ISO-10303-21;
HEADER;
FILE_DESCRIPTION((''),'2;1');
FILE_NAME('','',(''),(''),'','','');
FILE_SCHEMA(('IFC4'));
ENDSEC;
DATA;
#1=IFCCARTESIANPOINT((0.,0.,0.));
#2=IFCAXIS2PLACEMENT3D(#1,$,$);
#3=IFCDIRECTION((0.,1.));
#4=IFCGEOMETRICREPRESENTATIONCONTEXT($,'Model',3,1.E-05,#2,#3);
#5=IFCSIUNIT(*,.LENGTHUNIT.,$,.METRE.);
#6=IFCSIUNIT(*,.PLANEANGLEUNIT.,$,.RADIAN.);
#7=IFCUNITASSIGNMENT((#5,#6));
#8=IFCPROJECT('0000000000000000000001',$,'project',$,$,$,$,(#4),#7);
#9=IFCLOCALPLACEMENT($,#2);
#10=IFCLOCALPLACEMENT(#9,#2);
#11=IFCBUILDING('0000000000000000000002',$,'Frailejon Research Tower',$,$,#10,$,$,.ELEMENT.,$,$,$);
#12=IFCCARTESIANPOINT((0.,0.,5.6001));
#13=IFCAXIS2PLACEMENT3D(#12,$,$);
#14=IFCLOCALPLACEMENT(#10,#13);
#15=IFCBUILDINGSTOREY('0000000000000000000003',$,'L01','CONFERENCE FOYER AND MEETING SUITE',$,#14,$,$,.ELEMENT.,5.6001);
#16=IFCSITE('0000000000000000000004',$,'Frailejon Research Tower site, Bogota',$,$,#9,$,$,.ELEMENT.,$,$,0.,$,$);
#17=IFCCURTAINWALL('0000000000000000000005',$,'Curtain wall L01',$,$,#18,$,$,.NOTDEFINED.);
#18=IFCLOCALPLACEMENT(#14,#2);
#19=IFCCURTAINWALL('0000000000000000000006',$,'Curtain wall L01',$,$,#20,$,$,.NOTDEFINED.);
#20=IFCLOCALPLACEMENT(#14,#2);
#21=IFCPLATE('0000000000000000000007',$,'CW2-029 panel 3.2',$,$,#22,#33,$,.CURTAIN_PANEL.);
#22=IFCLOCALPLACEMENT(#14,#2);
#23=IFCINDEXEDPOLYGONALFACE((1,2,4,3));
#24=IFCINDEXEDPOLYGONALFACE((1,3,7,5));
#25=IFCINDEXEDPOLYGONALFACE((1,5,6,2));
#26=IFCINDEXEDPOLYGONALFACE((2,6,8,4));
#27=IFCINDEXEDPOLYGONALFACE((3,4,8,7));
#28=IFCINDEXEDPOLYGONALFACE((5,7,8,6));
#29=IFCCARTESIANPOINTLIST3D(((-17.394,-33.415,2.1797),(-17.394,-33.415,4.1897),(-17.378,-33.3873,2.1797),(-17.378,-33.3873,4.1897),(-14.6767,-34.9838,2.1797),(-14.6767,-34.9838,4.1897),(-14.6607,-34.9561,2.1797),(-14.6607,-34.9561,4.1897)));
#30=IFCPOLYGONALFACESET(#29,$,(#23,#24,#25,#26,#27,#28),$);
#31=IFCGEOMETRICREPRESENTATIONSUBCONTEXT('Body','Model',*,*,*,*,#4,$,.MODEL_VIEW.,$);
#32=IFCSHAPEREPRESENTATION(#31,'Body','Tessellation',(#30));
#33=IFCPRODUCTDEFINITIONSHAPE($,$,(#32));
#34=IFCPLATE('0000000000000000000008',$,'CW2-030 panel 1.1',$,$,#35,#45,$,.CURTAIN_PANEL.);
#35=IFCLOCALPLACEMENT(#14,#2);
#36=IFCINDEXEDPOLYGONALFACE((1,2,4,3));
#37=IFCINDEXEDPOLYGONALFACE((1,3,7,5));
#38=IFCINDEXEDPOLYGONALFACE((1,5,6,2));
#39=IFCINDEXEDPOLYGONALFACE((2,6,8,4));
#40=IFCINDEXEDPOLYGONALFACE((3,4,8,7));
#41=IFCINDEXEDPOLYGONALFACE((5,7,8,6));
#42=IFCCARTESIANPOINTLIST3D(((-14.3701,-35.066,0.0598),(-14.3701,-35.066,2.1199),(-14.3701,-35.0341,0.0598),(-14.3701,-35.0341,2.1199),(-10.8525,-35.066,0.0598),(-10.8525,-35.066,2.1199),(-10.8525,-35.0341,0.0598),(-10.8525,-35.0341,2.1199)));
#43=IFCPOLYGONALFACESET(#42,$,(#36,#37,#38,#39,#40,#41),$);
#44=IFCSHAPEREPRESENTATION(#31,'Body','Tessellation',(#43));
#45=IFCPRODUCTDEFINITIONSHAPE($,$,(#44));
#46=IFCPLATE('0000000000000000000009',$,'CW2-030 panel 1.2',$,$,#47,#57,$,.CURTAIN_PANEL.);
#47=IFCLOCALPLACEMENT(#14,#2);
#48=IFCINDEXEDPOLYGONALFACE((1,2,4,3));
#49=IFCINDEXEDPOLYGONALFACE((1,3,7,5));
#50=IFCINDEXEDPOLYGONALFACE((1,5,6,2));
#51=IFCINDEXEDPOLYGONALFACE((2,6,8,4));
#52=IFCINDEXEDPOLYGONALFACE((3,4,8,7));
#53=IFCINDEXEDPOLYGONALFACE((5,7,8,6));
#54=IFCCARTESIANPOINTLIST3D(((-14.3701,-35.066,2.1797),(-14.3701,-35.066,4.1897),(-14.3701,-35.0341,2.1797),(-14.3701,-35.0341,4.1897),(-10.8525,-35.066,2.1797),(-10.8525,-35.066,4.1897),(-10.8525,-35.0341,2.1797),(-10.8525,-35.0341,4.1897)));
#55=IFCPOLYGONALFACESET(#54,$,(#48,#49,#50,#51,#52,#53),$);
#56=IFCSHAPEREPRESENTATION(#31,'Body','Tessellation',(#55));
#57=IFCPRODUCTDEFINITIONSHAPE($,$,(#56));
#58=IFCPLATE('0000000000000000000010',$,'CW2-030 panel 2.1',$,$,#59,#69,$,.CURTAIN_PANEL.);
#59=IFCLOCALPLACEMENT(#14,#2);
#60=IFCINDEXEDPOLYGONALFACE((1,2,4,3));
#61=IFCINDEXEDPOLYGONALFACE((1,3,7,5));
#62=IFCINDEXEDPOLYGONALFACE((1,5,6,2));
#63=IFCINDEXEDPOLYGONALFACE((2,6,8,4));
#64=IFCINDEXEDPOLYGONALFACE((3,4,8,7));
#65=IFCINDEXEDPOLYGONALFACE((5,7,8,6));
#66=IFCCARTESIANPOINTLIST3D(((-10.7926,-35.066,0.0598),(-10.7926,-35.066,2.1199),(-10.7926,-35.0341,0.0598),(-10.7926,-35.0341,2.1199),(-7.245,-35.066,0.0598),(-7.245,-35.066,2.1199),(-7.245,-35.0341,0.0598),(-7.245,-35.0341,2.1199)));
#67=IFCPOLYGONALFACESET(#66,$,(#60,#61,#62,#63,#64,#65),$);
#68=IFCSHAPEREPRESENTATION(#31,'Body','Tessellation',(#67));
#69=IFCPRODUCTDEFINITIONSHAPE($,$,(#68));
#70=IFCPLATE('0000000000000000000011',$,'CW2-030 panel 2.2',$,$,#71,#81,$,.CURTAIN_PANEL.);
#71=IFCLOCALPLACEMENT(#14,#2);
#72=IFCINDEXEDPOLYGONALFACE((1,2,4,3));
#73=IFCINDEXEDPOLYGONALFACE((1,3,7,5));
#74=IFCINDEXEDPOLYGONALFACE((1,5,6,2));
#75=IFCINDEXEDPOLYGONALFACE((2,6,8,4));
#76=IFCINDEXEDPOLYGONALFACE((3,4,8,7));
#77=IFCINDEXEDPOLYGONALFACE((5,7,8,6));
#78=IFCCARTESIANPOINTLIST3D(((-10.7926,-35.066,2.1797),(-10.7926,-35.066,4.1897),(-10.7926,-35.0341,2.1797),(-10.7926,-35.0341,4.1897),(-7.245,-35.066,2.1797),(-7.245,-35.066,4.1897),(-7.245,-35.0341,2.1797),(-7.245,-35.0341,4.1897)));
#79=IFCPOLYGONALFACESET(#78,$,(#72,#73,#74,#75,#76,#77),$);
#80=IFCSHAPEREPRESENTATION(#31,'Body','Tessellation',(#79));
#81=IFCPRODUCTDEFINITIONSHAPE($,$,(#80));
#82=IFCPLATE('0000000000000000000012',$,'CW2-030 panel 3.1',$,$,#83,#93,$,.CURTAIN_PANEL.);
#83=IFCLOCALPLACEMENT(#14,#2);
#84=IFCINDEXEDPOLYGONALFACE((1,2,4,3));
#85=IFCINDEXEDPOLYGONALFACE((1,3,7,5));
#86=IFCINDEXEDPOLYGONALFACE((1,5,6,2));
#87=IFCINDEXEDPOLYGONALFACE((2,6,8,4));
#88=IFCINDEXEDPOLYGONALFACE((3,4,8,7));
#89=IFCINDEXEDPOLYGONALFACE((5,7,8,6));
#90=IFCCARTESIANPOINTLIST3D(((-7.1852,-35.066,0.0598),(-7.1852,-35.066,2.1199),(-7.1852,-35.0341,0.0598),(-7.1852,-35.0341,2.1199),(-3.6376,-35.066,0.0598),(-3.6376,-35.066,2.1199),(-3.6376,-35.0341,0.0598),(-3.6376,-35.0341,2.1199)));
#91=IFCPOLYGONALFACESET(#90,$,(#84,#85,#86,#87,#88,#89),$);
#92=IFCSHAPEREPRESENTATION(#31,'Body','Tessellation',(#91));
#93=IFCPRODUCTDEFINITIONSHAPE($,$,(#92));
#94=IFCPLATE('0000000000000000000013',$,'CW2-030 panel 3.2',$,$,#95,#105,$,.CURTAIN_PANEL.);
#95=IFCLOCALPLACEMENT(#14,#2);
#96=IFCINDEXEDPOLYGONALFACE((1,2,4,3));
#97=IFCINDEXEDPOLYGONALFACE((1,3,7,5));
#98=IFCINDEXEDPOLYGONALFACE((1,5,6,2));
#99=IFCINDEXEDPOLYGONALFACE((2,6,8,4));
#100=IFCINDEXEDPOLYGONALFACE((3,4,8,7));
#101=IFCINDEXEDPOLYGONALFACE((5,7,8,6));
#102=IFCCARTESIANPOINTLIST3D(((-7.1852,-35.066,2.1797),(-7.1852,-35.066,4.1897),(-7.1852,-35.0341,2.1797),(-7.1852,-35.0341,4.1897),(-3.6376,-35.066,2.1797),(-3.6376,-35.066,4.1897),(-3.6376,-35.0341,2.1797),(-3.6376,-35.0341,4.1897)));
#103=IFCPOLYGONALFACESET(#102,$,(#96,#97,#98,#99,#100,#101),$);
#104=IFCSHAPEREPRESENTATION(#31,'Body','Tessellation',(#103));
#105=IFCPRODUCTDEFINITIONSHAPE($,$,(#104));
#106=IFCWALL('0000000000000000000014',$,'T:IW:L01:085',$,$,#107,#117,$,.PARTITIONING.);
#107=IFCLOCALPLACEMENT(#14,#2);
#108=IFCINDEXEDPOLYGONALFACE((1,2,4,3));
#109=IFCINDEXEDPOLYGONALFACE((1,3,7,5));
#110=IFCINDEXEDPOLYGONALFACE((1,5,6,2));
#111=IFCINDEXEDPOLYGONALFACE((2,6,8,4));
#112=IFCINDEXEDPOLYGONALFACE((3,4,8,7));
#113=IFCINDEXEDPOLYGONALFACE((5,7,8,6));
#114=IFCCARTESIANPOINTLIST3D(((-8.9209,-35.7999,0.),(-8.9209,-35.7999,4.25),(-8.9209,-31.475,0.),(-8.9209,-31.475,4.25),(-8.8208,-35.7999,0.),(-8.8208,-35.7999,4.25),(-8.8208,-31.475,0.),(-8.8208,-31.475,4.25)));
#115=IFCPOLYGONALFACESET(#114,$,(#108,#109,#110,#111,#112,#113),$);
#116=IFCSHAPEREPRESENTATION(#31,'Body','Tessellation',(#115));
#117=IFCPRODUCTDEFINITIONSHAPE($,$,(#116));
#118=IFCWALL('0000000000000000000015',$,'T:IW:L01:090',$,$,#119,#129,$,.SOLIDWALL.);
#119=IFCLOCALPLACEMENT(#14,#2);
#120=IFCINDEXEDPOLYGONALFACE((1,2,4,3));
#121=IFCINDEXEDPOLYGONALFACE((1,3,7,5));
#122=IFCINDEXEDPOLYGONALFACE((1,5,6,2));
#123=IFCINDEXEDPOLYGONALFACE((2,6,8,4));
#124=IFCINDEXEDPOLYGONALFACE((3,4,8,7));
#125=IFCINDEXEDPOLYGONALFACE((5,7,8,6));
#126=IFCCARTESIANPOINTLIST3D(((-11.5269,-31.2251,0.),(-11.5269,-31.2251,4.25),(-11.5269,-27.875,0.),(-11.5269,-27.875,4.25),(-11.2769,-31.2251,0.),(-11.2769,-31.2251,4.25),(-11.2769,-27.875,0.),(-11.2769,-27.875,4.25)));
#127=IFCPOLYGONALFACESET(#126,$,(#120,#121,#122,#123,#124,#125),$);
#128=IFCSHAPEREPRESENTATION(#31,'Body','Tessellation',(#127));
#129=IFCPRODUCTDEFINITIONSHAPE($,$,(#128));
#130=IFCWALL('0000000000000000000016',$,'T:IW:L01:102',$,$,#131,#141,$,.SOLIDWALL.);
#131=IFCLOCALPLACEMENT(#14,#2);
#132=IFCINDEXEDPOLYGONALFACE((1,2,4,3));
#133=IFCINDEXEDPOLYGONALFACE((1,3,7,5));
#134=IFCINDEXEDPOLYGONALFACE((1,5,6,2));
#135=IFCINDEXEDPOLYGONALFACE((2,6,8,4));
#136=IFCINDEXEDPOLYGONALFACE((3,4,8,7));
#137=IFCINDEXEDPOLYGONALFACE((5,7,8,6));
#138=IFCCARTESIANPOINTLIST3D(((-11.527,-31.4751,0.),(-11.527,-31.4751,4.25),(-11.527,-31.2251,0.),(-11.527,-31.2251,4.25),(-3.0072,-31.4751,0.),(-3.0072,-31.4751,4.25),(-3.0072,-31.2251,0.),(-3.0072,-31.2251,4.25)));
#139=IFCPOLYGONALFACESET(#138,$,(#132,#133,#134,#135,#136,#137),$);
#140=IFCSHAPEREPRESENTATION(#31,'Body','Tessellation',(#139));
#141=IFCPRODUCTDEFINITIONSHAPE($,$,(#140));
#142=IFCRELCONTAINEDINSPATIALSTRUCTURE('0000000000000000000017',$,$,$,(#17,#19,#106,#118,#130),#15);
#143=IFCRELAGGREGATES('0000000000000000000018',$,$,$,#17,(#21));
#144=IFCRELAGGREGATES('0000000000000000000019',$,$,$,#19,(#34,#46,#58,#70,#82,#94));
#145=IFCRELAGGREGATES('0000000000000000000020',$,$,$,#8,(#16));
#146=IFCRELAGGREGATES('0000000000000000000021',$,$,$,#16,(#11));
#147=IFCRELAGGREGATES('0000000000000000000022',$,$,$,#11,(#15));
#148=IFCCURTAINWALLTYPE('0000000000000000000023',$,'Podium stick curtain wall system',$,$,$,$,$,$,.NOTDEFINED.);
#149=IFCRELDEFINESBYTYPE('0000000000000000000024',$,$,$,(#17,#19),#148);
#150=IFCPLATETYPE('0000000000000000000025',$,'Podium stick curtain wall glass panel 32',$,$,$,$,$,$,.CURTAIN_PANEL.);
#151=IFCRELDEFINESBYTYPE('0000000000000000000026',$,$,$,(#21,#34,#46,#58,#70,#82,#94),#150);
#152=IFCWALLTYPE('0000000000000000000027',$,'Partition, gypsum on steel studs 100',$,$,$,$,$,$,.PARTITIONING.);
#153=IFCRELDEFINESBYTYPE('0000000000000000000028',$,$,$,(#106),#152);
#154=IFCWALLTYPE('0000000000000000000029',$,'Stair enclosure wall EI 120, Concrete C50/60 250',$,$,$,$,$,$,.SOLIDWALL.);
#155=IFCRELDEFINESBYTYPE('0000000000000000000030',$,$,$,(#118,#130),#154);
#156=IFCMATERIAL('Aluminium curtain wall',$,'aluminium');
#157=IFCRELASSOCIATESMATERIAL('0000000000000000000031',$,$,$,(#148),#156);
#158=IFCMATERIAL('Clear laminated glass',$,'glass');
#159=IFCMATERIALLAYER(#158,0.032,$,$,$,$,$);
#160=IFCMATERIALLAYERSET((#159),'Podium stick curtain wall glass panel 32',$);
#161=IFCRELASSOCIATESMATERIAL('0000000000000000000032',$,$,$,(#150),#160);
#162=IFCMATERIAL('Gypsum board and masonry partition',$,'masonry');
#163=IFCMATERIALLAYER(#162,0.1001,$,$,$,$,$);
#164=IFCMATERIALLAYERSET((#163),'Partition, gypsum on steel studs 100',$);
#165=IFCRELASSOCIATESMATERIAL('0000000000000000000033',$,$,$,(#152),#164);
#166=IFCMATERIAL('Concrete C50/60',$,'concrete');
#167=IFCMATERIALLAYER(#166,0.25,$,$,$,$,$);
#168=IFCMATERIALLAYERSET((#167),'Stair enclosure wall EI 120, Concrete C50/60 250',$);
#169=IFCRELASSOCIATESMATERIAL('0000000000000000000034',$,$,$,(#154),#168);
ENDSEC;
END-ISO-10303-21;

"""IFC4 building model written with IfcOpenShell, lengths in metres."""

from ifc_helpers import new_model, si_unit, direction, frame, frame_2d, origin, origin_2d, place, context, subcontext, project, spatial, rectangle, extrude, material, layer, layer_set, type_object, element, aggregate, save


model = new_model("IFC4")

# Units and contexts
model_context = context("Model", 3, precision=1e-05, world=origin(), true_north=direction((0.0, 1.0)))
body_context = subcontext(model_context, "Body", "Model", "MODEL_VIEW")
ifc_project = project(units=[si_unit("LENGTHUNIT", "METRE"), si_unit("PLANEANGLEUNIT", "RADIAN")], contexts=[model_context])

# Site, building, storey
site_placement = place(None, origin())
site = spatial("IfcSite", under=ifc_project, at=site_placement, Name="Frailejon Research Tower site, Bogota", CompositionType="ELEMENT", RefElevation=0.0)
building_placement = place(site_placement, origin())
building = spatial("IfcBuilding", under=site, at=building_placement, Name="Frailejon Research Tower", CompositionType="ELEMENT")
storey_placement = place(building_placement, frame((0.0, 0.0, 5.6001)))
storey = spatial("IfcBuildingStorey", under=building, at=storey_placement, Name="L01", Description="CONFERENCE FOYER AND MEETING SUITE", CompositionType="ELEMENT", Elevation=5.6001)

# Curtain walls
ifc_material_1 = material(Name="Aluminium curtain wall", Category="aluminium")
curtain_wall_type = type_object("IfcCurtainWallType", Name="Podium stick curtain wall system", PredefinedType="NOTDEFINED", material=ifc_material_1)
curtain_wall_1_placement = place(storey_placement, origin())
curtain_wall_1 = element("IfcCurtainWall", 1, at=curtain_wall_1_placement, inside=storey, type_object=curtain_wall_type, Name="Curtain wall L01", PredefinedType="NOTDEFINED")
curtain_wall_2_placement = place(storey_placement, origin())
curtain_wall_2 = element("IfcCurtainWall", 2, at=curtain_wall_2_placement, inside=storey, type_object=curtain_wall_type, Name="Curtain wall L01", PredefinedType="NOTDEFINED")

# Plates
ifc_material_2 = material(Name="Clear laminated glass", Category="glass")
ifc_layer_1 = layer(ifc_material_2, 0.032)
ifc_layer_set_1 = layer_set([ifc_layer_1], Name="Podium stick curtain wall glass panel 32")
plate_type = type_object("IfcPlateType", Name="Podium stick curtain wall glass panel 32", PredefinedType="CURTAIN_PANEL", material=ifc_layer_set_1)
plate_1_placement = place(storey_placement, frame((-16.0273, -34.1855, 2.1797), z_axis=(0.0, 0.0, 1.0), x_axis=(0.866025, -0.5, 0.0)))
plate_1 = element("IfcPlate", 3, at=plate_1_placement, type_object=plate_type, Name="CW2-029 panel 3.2", PredefinedType="CURTAIN_PANEL", context=body_context, shape_type="SweptSolid", body=[
    extrude(rectangle(XDim=3.1377, YDim=0.032, at=origin_2d()), origin(), (0.0, 0.0, 1.0), 2.01),
])
aggregate(curtain_wall_1, [plate_1])
plate_2_placement = place(storey_placement, frame((-12.6113, -35.05, 0.0598), z_axis=(0.0, 0.0, 1.0), x_axis=(1.0, 0.0, 0.0)))
plate_2 = element("IfcPlate", 4, at=plate_2_placement, type_object=plate_type, Name="CW2-030 panel 1.1", PredefinedType="CURTAIN_PANEL", context=body_context, shape_type="SweptSolid", body=[
    extrude(rectangle(XDim=3.5176, YDim=0.032, at=origin_2d()), origin(), (0.0, 0.0, 1.0), 2.0601),
])
plate_3_placement = place(storey_placement, frame((-12.6113, -35.05, 2.1797), z_axis=(0.0, 0.0, 1.0), x_axis=(1.0, 0.0, 0.0)))
plate_3 = element("IfcPlate", 5, at=plate_3_placement, type_object=plate_type, Name="CW2-030 panel 1.2", PredefinedType="CURTAIN_PANEL", context=body_context, shape_type="SweptSolid", body=[
    extrude(rectangle(XDim=3.5176, YDim=0.032, at=origin_2d()), origin(), (0.0, 0.0, 1.0), 2.01),
])
plate_4_placement = place(storey_placement, frame((-9.0188, -35.05, 0.0598), z_axis=(0.0, 0.0, 1.0), x_axis=(1.0, 0.0, 0.0)))
plate_4 = element("IfcPlate", 6, at=plate_4_placement, type_object=plate_type, Name="CW2-030 panel 2.1", PredefinedType="CURTAIN_PANEL", context=body_context, shape_type="SweptSolid", body=[
    extrude(rectangle(XDim=3.5476, YDim=0.032, at=origin_2d()), origin(), (0.0, 0.0, 1.0), 2.0601),
])
plate_5_placement = place(storey_placement, frame((-9.0188, -35.05, 2.1797), z_axis=(0.0, 0.0, 1.0), x_axis=(1.0, 0.0, 0.0)))
plate_5 = element("IfcPlate", 7, at=plate_5_placement, type_object=plate_type, Name="CW2-030 panel 2.2", PredefinedType="CURTAIN_PANEL", context=body_context, shape_type="SweptSolid", body=[
    extrude(rectangle(XDim=3.5476, YDim=0.032, at=origin_2d()), origin(), (0.0, 0.0, 1.0), 2.01),
])
plate_6_placement = place(storey_placement, frame((-5.4114, -35.05, 0.0598), z_axis=(0.0, 0.0, 1.0), x_axis=(1.0, 0.0, 0.0)))
plate_6 = element("IfcPlate", 8, at=plate_6_placement, type_object=plate_type, Name="CW2-030 panel 3.1", PredefinedType="CURTAIN_PANEL", context=body_context, shape_type="SweptSolid", body=[
    extrude(rectangle(XDim=3.5476, YDim=0.032, at=origin_2d()), origin(), (0.0, 0.0, 1.0), 2.0601),
])
plate_7_placement = place(storey_placement, frame((-5.4114, -35.05, 2.1797), z_axis=(0.0, 0.0, 1.0), x_axis=(1.0, 0.0, 0.0)))
plate_7 = element("IfcPlate", 9, at=plate_7_placement, type_object=plate_type, Name="CW2-030 panel 3.2", PredefinedType="CURTAIN_PANEL", context=body_context, shape_type="SweptSolid", body=[
    extrude(rectangle(XDim=3.5476, YDim=0.032, at=origin_2d()), origin(), (0.0, 0.0, 1.0), 2.01),
])
aggregate(curtain_wall_2, [plate_2, plate_3, plate_4, plate_5, plate_6, plate_7])

# Walls
ifc_material_3 = material(Name="Gypsum board and masonry partition", Category="masonry")
ifc_layer_2 = layer(ifc_material_3, 0.1001)
ifc_layer_set_2 = layer_set([ifc_layer_2], Name="Partition, gypsum on steel studs 100")
wall_type_1 = type_object("IfcWallType", Name="Partition, gypsum on steel studs 100", PredefinedType="PARTITIONING", material=ifc_layer_set_2)
wall_1_placement = place(storey_placement, frame((-8.8708, -35.8, 0.0), z_axis=(0.0, 0.0, 1.0), x_axis=(0.0, 1.0, 0.0)))
element("IfcWall", 10, at=wall_1_placement, inside=storey, type_object=wall_type_1, Name="T:IW:L01:085", PredefinedType="PARTITIONING", context=body_context, shape_type="SweptSolid", body=[
    extrude(rectangle(XDim=4.325, YDim=0.1001, at=frame_2d((2.1626, 0.0))), origin(), (0.0, 0.0, 1.0), 4.25),
])
ifc_material_4 = material(Name="Concrete C50/60", Category="concrete")
ifc_layer_3 = layer(ifc_material_4, 0.25)
ifc_layer_set_3 = layer_set([ifc_layer_3], Name="Stair enclosure wall EI 120, Concrete C50/60 250")
wall_type_2 = type_object("IfcWallType", Name="Stair enclosure wall EI 120, Concrete C50/60 250", PredefinedType="SOLIDWALL", material=ifc_layer_set_3)
wall_2_placement = place(storey_placement, frame((-11.4019, -31.2251, 0.0), z_axis=(0.0, 0.0, 1.0), x_axis=(0.0, 1.0, 0.0)))
element("IfcWall", 11, at=wall_2_placement, inside=storey, type_object=wall_type_2, Name="T:IW:L01:090", PredefinedType="SOLIDWALL", context=body_context, shape_type="SweptSolid", body=[
    extrude(rectangle(XDim=3.3501, YDim=0.25, at=frame_2d((1.675, 0.0))), origin(), (0.0, 0.0, 1.0), 4.25),
])
wall_3_placement = place(storey_placement, frame((-11.5269, -31.3501, 0.0), z_axis=(0.0, 0.0, 1.0), x_axis=(1.0, 0.0, 0.0)))
element("IfcWall", 12, at=wall_3_placement, inside=storey, type_object=wall_type_2, Name="T:IW:L01:102", PredefinedType="SOLIDWALL", context=body_context, shape_type="SweptSolid", body=[
    extrude(rectangle(XDim=8.5198, YDim=0.25, at=frame_2d((4.2598, 0.0))), origin(), (0.0, 0.0, 1.0), 4.25),
])

save(model, "model.ifc")
